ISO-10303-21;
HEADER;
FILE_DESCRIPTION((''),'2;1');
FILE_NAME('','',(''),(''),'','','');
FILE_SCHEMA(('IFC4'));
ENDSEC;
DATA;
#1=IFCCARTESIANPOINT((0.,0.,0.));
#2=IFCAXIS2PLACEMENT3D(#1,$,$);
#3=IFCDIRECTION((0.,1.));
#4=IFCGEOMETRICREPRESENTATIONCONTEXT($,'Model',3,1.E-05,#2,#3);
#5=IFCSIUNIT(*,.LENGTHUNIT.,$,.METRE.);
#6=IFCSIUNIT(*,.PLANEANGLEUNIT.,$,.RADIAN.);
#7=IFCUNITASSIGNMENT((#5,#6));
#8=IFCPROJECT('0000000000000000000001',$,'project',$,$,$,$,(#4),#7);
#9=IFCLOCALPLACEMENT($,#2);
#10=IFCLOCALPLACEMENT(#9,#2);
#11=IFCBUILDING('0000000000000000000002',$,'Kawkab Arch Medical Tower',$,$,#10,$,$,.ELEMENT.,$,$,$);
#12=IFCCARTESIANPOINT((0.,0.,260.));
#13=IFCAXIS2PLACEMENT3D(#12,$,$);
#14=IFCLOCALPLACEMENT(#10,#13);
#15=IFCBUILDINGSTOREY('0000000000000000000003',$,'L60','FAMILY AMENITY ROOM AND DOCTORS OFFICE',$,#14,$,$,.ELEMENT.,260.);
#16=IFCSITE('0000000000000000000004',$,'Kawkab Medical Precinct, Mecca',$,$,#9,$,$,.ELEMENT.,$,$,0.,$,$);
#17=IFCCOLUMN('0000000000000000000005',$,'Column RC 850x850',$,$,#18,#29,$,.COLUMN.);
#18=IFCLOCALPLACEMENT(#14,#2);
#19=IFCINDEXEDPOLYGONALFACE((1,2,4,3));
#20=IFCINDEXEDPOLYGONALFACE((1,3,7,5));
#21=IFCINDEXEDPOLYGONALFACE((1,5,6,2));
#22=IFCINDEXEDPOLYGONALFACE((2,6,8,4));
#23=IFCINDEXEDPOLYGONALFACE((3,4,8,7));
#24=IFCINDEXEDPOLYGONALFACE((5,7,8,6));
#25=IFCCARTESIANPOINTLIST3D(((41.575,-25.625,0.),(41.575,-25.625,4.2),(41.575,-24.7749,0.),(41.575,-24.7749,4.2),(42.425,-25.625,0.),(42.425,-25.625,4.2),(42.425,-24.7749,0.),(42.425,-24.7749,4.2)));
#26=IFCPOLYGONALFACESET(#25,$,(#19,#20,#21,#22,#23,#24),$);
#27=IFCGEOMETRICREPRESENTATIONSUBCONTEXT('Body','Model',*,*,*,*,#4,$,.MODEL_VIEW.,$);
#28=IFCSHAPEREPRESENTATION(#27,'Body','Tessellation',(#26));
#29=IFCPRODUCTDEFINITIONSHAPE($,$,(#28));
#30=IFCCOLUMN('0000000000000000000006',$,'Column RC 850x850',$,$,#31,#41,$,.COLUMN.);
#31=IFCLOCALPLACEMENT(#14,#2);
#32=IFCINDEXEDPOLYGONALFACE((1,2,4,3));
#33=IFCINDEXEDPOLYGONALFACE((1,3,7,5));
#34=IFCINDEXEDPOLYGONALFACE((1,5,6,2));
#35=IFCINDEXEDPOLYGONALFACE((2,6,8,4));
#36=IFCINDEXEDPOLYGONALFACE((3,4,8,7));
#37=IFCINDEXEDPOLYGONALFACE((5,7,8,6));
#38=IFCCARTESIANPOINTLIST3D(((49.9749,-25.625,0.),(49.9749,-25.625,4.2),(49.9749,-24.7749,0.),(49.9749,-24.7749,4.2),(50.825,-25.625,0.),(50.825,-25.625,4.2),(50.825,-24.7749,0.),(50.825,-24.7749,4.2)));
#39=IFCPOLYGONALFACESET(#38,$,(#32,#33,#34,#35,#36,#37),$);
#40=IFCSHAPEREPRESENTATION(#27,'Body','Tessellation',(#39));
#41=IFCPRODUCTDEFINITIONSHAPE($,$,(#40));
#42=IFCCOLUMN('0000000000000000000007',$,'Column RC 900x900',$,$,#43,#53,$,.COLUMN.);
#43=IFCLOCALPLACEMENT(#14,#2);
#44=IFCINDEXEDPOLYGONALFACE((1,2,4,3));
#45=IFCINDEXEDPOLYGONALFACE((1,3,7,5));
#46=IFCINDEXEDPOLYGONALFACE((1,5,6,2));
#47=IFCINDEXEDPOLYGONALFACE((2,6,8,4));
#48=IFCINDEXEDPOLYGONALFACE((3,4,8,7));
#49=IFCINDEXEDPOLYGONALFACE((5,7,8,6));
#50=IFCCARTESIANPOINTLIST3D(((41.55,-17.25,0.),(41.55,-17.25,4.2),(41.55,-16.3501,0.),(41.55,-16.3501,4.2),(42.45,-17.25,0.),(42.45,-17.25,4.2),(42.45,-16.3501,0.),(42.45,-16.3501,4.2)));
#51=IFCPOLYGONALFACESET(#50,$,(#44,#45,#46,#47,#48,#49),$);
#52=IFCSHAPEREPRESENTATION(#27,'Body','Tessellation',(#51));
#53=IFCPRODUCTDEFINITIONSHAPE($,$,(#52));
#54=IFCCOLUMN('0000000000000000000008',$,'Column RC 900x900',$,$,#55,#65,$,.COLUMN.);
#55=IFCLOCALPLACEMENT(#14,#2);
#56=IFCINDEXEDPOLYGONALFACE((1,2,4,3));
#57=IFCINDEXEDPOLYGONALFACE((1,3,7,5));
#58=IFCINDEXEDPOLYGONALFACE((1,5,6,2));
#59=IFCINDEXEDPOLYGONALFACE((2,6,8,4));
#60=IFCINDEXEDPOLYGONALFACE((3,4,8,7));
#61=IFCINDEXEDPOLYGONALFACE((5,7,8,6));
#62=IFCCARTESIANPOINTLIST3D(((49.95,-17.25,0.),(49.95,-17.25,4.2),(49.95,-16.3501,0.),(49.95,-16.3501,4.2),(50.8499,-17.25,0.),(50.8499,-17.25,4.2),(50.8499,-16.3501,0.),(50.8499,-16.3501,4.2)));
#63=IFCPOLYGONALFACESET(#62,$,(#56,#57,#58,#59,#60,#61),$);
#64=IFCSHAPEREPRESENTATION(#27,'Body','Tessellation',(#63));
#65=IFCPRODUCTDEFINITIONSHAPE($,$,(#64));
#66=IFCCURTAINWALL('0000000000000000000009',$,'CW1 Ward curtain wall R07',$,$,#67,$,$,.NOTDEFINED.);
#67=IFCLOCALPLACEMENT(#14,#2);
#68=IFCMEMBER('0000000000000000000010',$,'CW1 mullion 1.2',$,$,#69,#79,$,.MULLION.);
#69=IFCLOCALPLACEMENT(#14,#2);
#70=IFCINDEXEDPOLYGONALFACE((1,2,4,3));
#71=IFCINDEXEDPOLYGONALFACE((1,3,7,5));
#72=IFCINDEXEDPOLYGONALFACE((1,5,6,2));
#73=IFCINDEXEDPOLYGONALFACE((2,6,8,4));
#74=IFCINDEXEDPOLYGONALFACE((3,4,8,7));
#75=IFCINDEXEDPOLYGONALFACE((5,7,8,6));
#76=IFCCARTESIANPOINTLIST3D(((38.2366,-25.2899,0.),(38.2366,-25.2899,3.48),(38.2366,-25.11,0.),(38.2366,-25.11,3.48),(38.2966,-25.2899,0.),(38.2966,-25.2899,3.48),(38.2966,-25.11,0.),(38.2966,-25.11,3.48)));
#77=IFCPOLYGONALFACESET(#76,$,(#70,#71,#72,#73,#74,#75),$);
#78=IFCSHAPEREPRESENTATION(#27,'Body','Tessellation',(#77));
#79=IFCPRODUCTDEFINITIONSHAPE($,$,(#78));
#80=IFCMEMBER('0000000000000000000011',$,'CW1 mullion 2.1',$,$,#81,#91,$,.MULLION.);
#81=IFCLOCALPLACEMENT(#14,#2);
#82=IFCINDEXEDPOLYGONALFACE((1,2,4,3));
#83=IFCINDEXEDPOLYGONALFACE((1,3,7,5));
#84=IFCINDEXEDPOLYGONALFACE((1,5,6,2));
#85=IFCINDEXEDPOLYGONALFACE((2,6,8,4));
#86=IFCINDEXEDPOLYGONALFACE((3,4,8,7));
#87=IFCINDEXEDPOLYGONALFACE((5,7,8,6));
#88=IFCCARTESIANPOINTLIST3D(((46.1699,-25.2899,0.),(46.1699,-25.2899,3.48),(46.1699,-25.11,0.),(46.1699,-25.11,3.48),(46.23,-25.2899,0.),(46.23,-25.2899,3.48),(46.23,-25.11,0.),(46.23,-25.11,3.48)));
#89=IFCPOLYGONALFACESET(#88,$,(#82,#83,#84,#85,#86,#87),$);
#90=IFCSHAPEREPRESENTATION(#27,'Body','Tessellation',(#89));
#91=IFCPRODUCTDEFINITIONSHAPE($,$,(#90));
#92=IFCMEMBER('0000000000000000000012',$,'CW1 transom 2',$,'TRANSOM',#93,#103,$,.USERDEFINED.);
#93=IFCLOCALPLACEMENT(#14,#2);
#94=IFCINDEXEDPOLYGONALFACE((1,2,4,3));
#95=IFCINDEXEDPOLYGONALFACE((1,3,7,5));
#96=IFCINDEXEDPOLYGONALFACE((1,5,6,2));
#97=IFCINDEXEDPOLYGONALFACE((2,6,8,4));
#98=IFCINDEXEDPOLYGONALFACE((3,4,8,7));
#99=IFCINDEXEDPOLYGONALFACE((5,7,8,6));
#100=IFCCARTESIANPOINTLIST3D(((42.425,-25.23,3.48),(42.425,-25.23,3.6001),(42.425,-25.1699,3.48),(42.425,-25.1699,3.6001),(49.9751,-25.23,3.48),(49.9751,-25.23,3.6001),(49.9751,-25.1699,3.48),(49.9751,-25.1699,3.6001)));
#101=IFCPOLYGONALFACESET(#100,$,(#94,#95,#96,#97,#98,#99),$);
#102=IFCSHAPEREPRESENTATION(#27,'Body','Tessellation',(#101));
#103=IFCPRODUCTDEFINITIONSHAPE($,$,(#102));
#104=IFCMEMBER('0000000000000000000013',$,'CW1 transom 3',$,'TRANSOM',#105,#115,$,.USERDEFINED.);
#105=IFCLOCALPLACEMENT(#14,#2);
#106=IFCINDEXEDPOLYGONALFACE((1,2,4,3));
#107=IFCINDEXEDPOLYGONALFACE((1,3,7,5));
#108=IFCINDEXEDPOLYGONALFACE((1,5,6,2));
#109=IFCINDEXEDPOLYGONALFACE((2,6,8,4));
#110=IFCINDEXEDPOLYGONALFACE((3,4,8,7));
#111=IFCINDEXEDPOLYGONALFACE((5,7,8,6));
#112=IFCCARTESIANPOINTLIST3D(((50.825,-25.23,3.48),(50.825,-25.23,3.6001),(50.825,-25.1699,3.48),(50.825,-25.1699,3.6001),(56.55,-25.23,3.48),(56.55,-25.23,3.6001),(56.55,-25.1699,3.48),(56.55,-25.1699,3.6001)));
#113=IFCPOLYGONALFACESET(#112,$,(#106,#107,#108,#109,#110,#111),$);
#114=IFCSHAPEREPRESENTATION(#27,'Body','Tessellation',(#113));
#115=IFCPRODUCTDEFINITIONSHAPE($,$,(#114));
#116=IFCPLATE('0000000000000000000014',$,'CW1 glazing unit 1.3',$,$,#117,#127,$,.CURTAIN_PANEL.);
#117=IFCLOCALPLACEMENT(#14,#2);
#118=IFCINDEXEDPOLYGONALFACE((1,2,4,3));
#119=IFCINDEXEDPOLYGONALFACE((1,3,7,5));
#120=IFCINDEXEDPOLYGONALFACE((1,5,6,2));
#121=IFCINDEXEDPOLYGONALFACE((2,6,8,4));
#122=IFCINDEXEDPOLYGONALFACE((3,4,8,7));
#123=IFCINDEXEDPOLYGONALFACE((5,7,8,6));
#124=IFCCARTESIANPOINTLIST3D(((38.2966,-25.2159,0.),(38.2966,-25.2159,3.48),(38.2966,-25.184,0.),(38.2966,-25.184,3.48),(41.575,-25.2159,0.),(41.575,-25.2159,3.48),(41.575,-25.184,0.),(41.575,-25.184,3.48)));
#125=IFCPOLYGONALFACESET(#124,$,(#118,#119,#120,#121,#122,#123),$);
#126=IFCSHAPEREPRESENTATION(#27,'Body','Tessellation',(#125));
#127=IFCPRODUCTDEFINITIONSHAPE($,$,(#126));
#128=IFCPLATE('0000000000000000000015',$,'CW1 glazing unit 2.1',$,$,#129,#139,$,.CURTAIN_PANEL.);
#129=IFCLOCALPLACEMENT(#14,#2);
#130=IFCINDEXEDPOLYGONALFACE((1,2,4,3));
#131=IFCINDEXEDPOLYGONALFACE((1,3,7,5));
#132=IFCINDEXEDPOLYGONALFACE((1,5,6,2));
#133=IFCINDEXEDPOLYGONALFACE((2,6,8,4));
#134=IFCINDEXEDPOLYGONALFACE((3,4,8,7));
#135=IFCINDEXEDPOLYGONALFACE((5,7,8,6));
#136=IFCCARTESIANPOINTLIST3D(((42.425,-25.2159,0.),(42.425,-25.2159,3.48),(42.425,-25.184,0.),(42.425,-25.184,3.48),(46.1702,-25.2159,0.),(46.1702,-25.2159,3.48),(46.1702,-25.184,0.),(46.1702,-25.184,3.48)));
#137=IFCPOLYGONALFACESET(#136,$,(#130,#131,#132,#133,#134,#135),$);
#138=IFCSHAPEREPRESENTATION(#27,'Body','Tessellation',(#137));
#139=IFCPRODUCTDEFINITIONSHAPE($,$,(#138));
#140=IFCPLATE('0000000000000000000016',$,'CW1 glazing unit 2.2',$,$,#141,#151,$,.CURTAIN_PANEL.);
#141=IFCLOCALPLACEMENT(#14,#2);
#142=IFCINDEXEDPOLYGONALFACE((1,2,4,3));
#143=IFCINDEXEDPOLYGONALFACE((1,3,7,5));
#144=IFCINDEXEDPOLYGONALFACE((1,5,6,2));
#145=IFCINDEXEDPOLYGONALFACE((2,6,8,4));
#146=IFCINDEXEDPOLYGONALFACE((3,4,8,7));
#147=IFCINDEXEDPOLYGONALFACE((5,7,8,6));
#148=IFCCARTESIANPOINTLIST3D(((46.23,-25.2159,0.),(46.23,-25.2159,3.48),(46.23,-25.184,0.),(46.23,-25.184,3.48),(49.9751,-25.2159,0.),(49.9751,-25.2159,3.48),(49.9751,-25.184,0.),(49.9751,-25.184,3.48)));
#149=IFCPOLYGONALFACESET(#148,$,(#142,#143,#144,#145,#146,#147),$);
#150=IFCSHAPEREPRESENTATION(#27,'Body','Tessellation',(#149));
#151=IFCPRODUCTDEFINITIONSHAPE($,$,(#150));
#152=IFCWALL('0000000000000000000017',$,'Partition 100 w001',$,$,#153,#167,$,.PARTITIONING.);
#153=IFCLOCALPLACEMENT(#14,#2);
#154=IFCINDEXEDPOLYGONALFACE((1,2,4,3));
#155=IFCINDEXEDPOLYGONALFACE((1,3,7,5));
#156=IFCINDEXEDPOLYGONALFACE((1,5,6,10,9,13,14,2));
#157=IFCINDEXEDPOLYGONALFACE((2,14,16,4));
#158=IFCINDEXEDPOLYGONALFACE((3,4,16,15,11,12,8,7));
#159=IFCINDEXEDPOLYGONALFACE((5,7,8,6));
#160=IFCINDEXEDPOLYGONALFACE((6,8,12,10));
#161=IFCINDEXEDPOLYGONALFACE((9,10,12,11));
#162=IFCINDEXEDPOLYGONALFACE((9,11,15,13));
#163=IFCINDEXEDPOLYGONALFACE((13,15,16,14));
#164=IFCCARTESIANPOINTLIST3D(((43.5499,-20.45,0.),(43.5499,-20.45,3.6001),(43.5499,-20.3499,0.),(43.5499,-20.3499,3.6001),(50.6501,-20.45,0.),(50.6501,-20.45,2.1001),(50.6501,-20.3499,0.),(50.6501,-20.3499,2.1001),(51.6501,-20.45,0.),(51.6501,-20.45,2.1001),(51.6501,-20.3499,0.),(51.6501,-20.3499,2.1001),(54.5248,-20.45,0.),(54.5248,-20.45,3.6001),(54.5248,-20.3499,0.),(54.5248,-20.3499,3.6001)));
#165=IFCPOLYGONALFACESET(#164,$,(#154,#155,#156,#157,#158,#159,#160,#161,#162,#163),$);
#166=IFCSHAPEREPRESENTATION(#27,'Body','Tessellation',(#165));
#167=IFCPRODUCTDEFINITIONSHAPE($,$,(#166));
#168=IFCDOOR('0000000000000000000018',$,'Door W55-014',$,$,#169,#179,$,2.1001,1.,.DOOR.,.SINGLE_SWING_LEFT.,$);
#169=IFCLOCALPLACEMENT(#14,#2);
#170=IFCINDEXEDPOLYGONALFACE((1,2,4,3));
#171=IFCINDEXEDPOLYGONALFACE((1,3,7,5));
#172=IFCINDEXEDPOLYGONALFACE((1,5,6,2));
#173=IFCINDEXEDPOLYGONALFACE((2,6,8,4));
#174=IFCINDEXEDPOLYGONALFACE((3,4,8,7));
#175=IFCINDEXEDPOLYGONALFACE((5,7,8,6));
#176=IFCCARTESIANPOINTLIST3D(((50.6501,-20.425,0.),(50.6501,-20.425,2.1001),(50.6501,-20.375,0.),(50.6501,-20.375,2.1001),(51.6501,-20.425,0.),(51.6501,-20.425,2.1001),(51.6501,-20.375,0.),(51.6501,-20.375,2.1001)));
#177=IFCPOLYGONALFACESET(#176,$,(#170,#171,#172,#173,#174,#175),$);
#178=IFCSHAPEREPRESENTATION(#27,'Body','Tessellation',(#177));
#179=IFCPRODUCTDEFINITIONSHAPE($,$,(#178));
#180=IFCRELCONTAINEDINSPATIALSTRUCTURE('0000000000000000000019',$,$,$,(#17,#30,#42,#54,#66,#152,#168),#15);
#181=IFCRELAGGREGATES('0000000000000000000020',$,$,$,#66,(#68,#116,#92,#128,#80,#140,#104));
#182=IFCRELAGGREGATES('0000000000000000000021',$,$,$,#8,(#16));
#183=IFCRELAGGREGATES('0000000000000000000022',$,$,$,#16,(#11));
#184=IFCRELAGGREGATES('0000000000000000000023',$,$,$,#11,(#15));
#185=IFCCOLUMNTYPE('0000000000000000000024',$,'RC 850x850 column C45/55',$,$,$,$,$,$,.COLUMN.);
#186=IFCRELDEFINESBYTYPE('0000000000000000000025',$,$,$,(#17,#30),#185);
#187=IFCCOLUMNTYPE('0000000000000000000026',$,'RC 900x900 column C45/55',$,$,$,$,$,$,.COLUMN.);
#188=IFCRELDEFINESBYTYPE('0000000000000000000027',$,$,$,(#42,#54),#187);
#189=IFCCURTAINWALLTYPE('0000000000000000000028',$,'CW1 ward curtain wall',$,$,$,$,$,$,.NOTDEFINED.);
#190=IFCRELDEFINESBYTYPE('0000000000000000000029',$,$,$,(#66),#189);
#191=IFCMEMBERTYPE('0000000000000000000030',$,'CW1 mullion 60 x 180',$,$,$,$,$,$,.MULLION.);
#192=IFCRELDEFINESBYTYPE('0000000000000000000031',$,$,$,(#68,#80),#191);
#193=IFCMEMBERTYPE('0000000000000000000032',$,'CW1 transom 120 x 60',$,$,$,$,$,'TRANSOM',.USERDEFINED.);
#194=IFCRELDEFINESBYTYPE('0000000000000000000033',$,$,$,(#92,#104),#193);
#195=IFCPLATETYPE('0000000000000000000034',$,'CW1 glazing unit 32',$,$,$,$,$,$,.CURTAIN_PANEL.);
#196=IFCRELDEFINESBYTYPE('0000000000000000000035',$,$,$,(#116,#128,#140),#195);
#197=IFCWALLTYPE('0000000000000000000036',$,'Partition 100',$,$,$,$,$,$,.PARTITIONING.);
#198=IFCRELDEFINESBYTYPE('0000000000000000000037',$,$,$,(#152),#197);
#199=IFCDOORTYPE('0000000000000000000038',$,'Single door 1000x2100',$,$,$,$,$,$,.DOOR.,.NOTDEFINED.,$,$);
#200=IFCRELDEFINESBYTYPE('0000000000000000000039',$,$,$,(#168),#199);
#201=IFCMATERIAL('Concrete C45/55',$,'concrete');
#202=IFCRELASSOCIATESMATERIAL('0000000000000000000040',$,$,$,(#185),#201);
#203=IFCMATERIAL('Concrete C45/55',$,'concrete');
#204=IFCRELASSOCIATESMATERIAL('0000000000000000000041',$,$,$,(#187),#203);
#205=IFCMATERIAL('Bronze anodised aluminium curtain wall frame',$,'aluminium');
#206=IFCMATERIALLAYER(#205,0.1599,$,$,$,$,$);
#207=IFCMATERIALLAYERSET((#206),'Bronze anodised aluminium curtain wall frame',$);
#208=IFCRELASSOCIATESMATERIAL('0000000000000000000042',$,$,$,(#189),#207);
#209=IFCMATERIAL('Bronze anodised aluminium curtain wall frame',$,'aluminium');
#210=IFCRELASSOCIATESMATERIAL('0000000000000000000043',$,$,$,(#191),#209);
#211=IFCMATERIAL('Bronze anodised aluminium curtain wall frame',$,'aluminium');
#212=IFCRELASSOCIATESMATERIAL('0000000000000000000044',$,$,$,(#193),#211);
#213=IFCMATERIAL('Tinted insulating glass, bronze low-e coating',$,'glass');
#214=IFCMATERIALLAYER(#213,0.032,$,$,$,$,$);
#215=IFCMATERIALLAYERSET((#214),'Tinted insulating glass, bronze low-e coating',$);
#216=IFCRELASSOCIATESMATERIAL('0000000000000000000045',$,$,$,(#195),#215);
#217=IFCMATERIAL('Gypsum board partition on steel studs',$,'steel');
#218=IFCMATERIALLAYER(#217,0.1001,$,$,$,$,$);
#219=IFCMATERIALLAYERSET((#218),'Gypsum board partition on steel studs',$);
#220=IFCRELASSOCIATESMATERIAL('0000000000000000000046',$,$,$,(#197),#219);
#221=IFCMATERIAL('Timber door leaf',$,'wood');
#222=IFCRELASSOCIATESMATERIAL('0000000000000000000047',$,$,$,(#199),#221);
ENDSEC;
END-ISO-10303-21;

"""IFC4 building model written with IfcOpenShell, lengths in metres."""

from ifc_helpers import new_model, si_unit, direction, frame, frame_2d, origin, origin_2d, place, context, subcontext, project, spatial, rectangle, extrude, material, layer, layer_set, material_profile, profile_set, type_object, element, fill, aggregate, save


model = new_model("IFC4")

# Units and contexts
model_context = context("Model", 3, precision=1e-05, world=origin(), true_north=direction((0.0, 1.0)))
body_context = subcontext(model_context, "Body", "Model", "MODEL_VIEW")
ifc_project = project(units=[si_unit("LENGTHUNIT", "METRE"), si_unit("PLANEANGLEUNIT", "RADIAN")], contexts=[model_context])

# Site, building, storey
site_placement = place(None, origin())
site = spatial("IfcSite", under=ifc_project, at=site_placement, Name="Kawkab Medical Precinct, Mecca", CompositionType="ELEMENT", RefElevation=0.0)
building_placement = place(site_placement, origin())
building = spatial("IfcBuilding", under=site, at=building_placement, Name="Kawkab Arch Medical Tower", CompositionType="ELEMENT")
storey_placement = place(building_placement, frame((0.0, 0.0, 260.0)))
storey = spatial("IfcBuildingStorey", under=building, at=storey_placement, Name="L60", Description="FAMILY AMENITY ROOM AND DOCTORS OFFICE", CompositionType="ELEMENT", Elevation=260.0)

# Columns
ifc_material_1 = material(Name="Concrete C45/55", Category="concrete")
ifc_material_profile_1 = material_profile(ifc_material_1, rectangle(XDim=0.8501, YDim=0.8501, at=origin_2d()), Name="RC 850x850")
ifc_profile_set_1 = profile_set([ifc_material_profile_1], Name="Concrete C45/55")
column_type_1 = type_object("IfcColumnType", Name="RC 850x850 column C45/55", PredefinedType="COLUMN", material=ifc_profile_set_1)
for number, where, z_axis, x_axis, name in (
    (1, (42.0, -25.2, 0.0), (0.0, 0.0, 1.0), (1.0, 0.0, 0.0), "Column RC 850x850"),
    (2, (50.3999, -25.2, 0.0), (0.0, 0.0, 1.0), (1.0, 0.0, 0.0), "Column RC 850x850"),
):
    element("IfcColumn", number, at=place(storey_placement, frame(where, z_axis=z_axis, x_axis=x_axis)), inside=storey, type_object=column_type_1, Name=name, PredefinedType="COLUMN", context=body_context, shape_type="SweptSolid", body=[
        extrude(rectangle(XDim=0.8501, YDim=0.8501, at=origin_2d()), origin(), (0.0, 0.0, 1.0), 4.2),
    ])
ifc_material_2 = material(Name="Concrete C45/55", Category="concrete")
ifc_material_profile_2 = material_profile(ifc_material_2, rectangle(XDim=0.8999, YDim=0.8999, at=origin_2d()), Name="RC 900x900")
ifc_profile_set_2 = profile_set([ifc_material_profile_2], Name="Concrete C45/55")
column_type_2 = type_object("IfcColumnType", Name="RC 900x900 column C45/55", PredefinedType="COLUMN", material=ifc_profile_set_2)
for number, where, z_axis, x_axis, name in (
    (3, (42.0, -16.8, 0.0), (0.0, 0.0, 1.0), (1.0, 0.0, 0.0), "Column RC 900x900"),
    (4, (50.3999, -16.8, 0.0), (0.0, 0.0, 1.0), (1.0, 0.0, 0.0), "Column RC 900x900"),
):
    element("IfcColumn", number, at=place(storey_placement, frame(where, z_axis=z_axis, x_axis=x_axis)), inside=storey, type_object=column_type_2, Name=name, PredefinedType="COLUMN", context=body_context, shape_type="SweptSolid", body=[
        extrude(rectangle(XDim=0.8999, YDim=0.8999, at=origin_2d()), origin(), (0.0, 0.0, 1.0), 4.2),
    ])

# Curtain wall, members, plates
ifc_material_3 = material(Name="Bronze anodised aluminium curtain wall frame", Category="aluminium")
ifc_layer_1 = layer(ifc_material_3, 0.1599)
ifc_layer_set_1 = layer_set([ifc_layer_1], Name="Bronze anodised aluminium curtain wall frame")
curtain_wall_type = type_object("IfcCurtainWallType", Name="CW1 ward curtain wall", PredefinedType="NOTDEFINED", material=ifc_layer_set_1)
curtain_wall_placement = place(storey_placement, origin())
curtain_wall = element("IfcCurtainWall", 5, at=curtain_wall_placement, inside=storey, type_object=curtain_wall_type, Name="CW1 Ward curtain wall R07", PredefinedType="NOTDEFINED")
ifc_material_4 = material(Name="Bronze anodised aluminium curtain wall frame", Category="aluminium")
ifc_material_profile_3 = material_profile(ifc_material_4, rectangle(XDim=0.1799, YDim=0.0601, at=origin_2d()), Name="AL 60x180")
ifc_profile_set_3 = profile_set([ifc_material_profile_3], Name="Bronze anodised aluminium curtain wall frame")
member_type_1 = type_object("IfcMemberType", Name="CW1 mullion 60 x 180", PredefinedType="MULLION", material=ifc_profile_set_3)
member_1_placement = place(storey_placement, frame((38.2666, -25.2, 0.0), z_axis=(0.0, 0.0, 1.0), x_axis=(0.0, 1.0, 0.0)))
member_1 = element("IfcMember", 6, at=member_1_placement, type_object=member_type_1, Name="CW1 mullion 1.2", PredefinedType="MULLION", context=body_context, shape_type="SweptSolid", body=[
    extrude(rectangle(XDim=0.1799, YDim=0.0601, at=origin_2d()), origin(), (0.0, 0.0, 1.0), 3.48),
])
member_2_placement = place(storey_placement, frame((46.2, -25.2, 0.0), z_axis=(0.0, 0.0, 1.0), x_axis=(0.0, 1.0, 0.0)))
member_2 = element("IfcMember", 7, at=member_2_placement, type_object=member_type_1, Name="CW1 mullion 2.1", PredefinedType="MULLION", context=body_context, shape_type="SweptSolid", body=[
    extrude(rectangle(XDim=0.1799, YDim=0.0601, at=origin_2d()), origin(), (0.0, 0.0, 1.0), 3.48),
])
ifc_material_5 = material(Name="Bronze anodised aluminium curtain wall frame", Category="aluminium")
ifc_material_profile_4 = material_profile(ifc_material_5, rectangle(XDim=0.0601, YDim=0.1201, at=origin_2d()), Name="AL 60x120")
ifc_profile_set_4 = profile_set([ifc_material_profile_4], Name="Bronze anodised aluminium curtain wall frame")
member_type_2 = type_object("IfcMemberType", Name="CW1 transom 120 x 60", ElementType="TRANSOM", PredefinedType="USERDEFINED", material=ifc_profile_set_4)
member_3_placement = place(storey_placement, frame((42.425, -25.2, 3.54), z_axis=(1.0, 0.0, 0.0), x_axis=(0.0, 1.0, 0.0)))
member_3 = element("IfcMember", 8, at=member_3_placement, type_object=member_type_2, Name="CW1 transom 2", ObjectType="TRANSOM", PredefinedType="USERDEFINED", context=body_context, shape_type="SweptSolid", body=[
    extrude(rectangle(XDim=0.0601, YDim=0.1201, at=origin_2d()), origin(), (0.0, 0.0, 1.0), 7.55),
])
member_4_placement = place(storey_placement, frame((50.825, -25.2, 3.54), z_axis=(1.0, 0.0, 0.0), x_axis=(0.0, 1.0, 0.0)))
member_4 = element("IfcMember", 9, at=member_4_placement, type_object=member_type_2, Name="CW1 transom 3", ObjectType="TRANSOM", PredefinedType="USERDEFINED", context=body_context, shape_type="SweptSolid", body=[
    extrude(rectangle(XDim=0.0601, YDim=0.1201, at=origin_2d()), origin(), (0.0, 0.0, 1.0), 5.7251),
])
ifc_material_6 = material(Name="Tinted insulating glass, bronze low-e coating", Category="glass")
ifc_layer_2 = layer(ifc_material_6, 0.032)
ifc_layer_set_2 = layer_set([ifc_layer_2], Name="Tinted insulating glass, bronze low-e coating")
plate_type = type_object("IfcPlateType", Name="CW1 glazing unit 32", PredefinedType="CURTAIN_PANEL", material=ifc_layer_set_2)
plate_1_placement = place(storey_placement, frame((39.9358, -25.2, 0.0), z_axis=(0.0, 0.0, 1.0), x_axis=(1.0, 0.0, 0.0)))
plate_1 = element("IfcPlate", 10, at=plate_1_placement, type_object=plate_type, Name="CW1 glazing unit 1.3", PredefinedType="CURTAIN_PANEL", context=body_context, shape_type="SweptSolid", body=[
    extrude(rectangle(XDim=3.2783, YDim=0.032, at=origin_2d()), origin(), (0.0, 0.0, 1.0), 3.48),
])
plate_2_placement = place(storey_placement, frame((44.2976, -25.2, 0.0), z_axis=(0.0, 0.0, 1.0), x_axis=(1.0, 0.0, 0.0)))
plate_2 = element("IfcPlate", 11, at=plate_2_placement, type_object=plate_type, Name="CW1 glazing unit 2.1", PredefinedType="CURTAIN_PANEL", context=body_context, shape_type="SweptSolid", body=[
    extrude(rectangle(XDim=3.7451, YDim=0.032, at=origin_2d()), origin(), (0.0, 0.0, 1.0), 3.48),
])
plate_3_placement = place(storey_placement, frame((48.1025, -25.2, 0.0), z_axis=(0.0, 0.0, 1.0), x_axis=(1.0, 0.0, 0.0)))
plate_3 = element("IfcPlate", 12, at=plate_3_placement, type_object=plate_type, Name="CW1 glazing unit 2.2", PredefinedType="CURTAIN_PANEL", context=body_context, shape_type="SweptSolid", body=[
    extrude(rectangle(XDim=3.7451, YDim=0.032, at=origin_2d()), origin(), (0.0, 0.0, 1.0), 3.48),
])
aggregate(curtain_wall, [member_1, plate_1, member_3, plate_2, member_2, plate_3, member_4])

# Wall, opening, door
ifc_material_7 = material(Name="Gypsum board partition on steel studs", Category="steel")
ifc_layer_3 = layer(ifc_material_7, 0.1001)
ifc_layer_set_3 = layer_set([ifc_layer_3], Name="Gypsum board partition on steel studs")
wall_type_1 = type_object("IfcWallType", Name="Partition 100", PredefinedType="PARTITIONING", material=ifc_layer_set_3)
wall_1_placement = place(storey_placement, frame((43.55, -20.3999, 0.0), z_axis=(0.0, 0.0, 1.0), x_axis=(1.0, 0.0, 0.0)))
wall_1 = element("IfcWall", 13, at=wall_1_placement, inside=storey, type_object=wall_type_1, Name="Partition 100 w001", PredefinedType="PARTITIONING", context=body_context, shape_type="SweptSolid", body=[
    extrude(rectangle(XDim=10.9749, YDim=0.1001, at=frame_2d((5.4873, 0.0))), origin(), (0.0, 0.0, 1.0), 3.6001),
])
opening_1_placement = place(wall_1_placement, frame((7.1001, 0.0, 0.0)))
opening_1 = element("IfcOpeningElement", 14, at=opening_1_placement, cuts=wall_1, PredefinedType="OPENING", context=body_context, shape_type="SweptSolid", body=[
    extrude(rectangle(XDim=1.0, YDim=2.1001, at=frame_2d((0.5, 1.05))), frame((0.0, 0.0601, 0.0), z_axis=(0.0, -1.0, 0.0), x_axis=(1.0, 0.0, 0.0)), (0.0, 0.0, 1.0), 0.1201),
])
ifc_material_8 = material(Name="Timber door leaf", Category="wood")
door_type_1 = type_object("IfcDoorType", Name="Single door 1000x2100", OperationType="NOTDEFINED", PredefinedType="DOOR", material=ifc_material_8)
door_1_placement = place(opening_1_placement, origin())
door_1 = element("IfcDoor", 15, at=door_1_placement, inside=storey, type_object=door_type_1, Name="Door W55-014", OperationType="SINGLE_SWING_LEFT", OverallHeight=2.1001, OverallWidth=1.0, PredefinedType="DOOR", context=body_context, shape_type="SweptSolid", body=[
    extrude(rectangle(XDim=1.0, YDim=2.1001, at=frame_2d((0.5, 1.05))), frame((0.0, 0.0249, 0.0), z_axis=(0.0, -1.0, 0.0), x_axis=(1.0, 0.0, 0.0)), (0.0, 0.0, 1.0), 0.05),
])
fill(opening_1, door_1)

save(model, "model.ifc")
